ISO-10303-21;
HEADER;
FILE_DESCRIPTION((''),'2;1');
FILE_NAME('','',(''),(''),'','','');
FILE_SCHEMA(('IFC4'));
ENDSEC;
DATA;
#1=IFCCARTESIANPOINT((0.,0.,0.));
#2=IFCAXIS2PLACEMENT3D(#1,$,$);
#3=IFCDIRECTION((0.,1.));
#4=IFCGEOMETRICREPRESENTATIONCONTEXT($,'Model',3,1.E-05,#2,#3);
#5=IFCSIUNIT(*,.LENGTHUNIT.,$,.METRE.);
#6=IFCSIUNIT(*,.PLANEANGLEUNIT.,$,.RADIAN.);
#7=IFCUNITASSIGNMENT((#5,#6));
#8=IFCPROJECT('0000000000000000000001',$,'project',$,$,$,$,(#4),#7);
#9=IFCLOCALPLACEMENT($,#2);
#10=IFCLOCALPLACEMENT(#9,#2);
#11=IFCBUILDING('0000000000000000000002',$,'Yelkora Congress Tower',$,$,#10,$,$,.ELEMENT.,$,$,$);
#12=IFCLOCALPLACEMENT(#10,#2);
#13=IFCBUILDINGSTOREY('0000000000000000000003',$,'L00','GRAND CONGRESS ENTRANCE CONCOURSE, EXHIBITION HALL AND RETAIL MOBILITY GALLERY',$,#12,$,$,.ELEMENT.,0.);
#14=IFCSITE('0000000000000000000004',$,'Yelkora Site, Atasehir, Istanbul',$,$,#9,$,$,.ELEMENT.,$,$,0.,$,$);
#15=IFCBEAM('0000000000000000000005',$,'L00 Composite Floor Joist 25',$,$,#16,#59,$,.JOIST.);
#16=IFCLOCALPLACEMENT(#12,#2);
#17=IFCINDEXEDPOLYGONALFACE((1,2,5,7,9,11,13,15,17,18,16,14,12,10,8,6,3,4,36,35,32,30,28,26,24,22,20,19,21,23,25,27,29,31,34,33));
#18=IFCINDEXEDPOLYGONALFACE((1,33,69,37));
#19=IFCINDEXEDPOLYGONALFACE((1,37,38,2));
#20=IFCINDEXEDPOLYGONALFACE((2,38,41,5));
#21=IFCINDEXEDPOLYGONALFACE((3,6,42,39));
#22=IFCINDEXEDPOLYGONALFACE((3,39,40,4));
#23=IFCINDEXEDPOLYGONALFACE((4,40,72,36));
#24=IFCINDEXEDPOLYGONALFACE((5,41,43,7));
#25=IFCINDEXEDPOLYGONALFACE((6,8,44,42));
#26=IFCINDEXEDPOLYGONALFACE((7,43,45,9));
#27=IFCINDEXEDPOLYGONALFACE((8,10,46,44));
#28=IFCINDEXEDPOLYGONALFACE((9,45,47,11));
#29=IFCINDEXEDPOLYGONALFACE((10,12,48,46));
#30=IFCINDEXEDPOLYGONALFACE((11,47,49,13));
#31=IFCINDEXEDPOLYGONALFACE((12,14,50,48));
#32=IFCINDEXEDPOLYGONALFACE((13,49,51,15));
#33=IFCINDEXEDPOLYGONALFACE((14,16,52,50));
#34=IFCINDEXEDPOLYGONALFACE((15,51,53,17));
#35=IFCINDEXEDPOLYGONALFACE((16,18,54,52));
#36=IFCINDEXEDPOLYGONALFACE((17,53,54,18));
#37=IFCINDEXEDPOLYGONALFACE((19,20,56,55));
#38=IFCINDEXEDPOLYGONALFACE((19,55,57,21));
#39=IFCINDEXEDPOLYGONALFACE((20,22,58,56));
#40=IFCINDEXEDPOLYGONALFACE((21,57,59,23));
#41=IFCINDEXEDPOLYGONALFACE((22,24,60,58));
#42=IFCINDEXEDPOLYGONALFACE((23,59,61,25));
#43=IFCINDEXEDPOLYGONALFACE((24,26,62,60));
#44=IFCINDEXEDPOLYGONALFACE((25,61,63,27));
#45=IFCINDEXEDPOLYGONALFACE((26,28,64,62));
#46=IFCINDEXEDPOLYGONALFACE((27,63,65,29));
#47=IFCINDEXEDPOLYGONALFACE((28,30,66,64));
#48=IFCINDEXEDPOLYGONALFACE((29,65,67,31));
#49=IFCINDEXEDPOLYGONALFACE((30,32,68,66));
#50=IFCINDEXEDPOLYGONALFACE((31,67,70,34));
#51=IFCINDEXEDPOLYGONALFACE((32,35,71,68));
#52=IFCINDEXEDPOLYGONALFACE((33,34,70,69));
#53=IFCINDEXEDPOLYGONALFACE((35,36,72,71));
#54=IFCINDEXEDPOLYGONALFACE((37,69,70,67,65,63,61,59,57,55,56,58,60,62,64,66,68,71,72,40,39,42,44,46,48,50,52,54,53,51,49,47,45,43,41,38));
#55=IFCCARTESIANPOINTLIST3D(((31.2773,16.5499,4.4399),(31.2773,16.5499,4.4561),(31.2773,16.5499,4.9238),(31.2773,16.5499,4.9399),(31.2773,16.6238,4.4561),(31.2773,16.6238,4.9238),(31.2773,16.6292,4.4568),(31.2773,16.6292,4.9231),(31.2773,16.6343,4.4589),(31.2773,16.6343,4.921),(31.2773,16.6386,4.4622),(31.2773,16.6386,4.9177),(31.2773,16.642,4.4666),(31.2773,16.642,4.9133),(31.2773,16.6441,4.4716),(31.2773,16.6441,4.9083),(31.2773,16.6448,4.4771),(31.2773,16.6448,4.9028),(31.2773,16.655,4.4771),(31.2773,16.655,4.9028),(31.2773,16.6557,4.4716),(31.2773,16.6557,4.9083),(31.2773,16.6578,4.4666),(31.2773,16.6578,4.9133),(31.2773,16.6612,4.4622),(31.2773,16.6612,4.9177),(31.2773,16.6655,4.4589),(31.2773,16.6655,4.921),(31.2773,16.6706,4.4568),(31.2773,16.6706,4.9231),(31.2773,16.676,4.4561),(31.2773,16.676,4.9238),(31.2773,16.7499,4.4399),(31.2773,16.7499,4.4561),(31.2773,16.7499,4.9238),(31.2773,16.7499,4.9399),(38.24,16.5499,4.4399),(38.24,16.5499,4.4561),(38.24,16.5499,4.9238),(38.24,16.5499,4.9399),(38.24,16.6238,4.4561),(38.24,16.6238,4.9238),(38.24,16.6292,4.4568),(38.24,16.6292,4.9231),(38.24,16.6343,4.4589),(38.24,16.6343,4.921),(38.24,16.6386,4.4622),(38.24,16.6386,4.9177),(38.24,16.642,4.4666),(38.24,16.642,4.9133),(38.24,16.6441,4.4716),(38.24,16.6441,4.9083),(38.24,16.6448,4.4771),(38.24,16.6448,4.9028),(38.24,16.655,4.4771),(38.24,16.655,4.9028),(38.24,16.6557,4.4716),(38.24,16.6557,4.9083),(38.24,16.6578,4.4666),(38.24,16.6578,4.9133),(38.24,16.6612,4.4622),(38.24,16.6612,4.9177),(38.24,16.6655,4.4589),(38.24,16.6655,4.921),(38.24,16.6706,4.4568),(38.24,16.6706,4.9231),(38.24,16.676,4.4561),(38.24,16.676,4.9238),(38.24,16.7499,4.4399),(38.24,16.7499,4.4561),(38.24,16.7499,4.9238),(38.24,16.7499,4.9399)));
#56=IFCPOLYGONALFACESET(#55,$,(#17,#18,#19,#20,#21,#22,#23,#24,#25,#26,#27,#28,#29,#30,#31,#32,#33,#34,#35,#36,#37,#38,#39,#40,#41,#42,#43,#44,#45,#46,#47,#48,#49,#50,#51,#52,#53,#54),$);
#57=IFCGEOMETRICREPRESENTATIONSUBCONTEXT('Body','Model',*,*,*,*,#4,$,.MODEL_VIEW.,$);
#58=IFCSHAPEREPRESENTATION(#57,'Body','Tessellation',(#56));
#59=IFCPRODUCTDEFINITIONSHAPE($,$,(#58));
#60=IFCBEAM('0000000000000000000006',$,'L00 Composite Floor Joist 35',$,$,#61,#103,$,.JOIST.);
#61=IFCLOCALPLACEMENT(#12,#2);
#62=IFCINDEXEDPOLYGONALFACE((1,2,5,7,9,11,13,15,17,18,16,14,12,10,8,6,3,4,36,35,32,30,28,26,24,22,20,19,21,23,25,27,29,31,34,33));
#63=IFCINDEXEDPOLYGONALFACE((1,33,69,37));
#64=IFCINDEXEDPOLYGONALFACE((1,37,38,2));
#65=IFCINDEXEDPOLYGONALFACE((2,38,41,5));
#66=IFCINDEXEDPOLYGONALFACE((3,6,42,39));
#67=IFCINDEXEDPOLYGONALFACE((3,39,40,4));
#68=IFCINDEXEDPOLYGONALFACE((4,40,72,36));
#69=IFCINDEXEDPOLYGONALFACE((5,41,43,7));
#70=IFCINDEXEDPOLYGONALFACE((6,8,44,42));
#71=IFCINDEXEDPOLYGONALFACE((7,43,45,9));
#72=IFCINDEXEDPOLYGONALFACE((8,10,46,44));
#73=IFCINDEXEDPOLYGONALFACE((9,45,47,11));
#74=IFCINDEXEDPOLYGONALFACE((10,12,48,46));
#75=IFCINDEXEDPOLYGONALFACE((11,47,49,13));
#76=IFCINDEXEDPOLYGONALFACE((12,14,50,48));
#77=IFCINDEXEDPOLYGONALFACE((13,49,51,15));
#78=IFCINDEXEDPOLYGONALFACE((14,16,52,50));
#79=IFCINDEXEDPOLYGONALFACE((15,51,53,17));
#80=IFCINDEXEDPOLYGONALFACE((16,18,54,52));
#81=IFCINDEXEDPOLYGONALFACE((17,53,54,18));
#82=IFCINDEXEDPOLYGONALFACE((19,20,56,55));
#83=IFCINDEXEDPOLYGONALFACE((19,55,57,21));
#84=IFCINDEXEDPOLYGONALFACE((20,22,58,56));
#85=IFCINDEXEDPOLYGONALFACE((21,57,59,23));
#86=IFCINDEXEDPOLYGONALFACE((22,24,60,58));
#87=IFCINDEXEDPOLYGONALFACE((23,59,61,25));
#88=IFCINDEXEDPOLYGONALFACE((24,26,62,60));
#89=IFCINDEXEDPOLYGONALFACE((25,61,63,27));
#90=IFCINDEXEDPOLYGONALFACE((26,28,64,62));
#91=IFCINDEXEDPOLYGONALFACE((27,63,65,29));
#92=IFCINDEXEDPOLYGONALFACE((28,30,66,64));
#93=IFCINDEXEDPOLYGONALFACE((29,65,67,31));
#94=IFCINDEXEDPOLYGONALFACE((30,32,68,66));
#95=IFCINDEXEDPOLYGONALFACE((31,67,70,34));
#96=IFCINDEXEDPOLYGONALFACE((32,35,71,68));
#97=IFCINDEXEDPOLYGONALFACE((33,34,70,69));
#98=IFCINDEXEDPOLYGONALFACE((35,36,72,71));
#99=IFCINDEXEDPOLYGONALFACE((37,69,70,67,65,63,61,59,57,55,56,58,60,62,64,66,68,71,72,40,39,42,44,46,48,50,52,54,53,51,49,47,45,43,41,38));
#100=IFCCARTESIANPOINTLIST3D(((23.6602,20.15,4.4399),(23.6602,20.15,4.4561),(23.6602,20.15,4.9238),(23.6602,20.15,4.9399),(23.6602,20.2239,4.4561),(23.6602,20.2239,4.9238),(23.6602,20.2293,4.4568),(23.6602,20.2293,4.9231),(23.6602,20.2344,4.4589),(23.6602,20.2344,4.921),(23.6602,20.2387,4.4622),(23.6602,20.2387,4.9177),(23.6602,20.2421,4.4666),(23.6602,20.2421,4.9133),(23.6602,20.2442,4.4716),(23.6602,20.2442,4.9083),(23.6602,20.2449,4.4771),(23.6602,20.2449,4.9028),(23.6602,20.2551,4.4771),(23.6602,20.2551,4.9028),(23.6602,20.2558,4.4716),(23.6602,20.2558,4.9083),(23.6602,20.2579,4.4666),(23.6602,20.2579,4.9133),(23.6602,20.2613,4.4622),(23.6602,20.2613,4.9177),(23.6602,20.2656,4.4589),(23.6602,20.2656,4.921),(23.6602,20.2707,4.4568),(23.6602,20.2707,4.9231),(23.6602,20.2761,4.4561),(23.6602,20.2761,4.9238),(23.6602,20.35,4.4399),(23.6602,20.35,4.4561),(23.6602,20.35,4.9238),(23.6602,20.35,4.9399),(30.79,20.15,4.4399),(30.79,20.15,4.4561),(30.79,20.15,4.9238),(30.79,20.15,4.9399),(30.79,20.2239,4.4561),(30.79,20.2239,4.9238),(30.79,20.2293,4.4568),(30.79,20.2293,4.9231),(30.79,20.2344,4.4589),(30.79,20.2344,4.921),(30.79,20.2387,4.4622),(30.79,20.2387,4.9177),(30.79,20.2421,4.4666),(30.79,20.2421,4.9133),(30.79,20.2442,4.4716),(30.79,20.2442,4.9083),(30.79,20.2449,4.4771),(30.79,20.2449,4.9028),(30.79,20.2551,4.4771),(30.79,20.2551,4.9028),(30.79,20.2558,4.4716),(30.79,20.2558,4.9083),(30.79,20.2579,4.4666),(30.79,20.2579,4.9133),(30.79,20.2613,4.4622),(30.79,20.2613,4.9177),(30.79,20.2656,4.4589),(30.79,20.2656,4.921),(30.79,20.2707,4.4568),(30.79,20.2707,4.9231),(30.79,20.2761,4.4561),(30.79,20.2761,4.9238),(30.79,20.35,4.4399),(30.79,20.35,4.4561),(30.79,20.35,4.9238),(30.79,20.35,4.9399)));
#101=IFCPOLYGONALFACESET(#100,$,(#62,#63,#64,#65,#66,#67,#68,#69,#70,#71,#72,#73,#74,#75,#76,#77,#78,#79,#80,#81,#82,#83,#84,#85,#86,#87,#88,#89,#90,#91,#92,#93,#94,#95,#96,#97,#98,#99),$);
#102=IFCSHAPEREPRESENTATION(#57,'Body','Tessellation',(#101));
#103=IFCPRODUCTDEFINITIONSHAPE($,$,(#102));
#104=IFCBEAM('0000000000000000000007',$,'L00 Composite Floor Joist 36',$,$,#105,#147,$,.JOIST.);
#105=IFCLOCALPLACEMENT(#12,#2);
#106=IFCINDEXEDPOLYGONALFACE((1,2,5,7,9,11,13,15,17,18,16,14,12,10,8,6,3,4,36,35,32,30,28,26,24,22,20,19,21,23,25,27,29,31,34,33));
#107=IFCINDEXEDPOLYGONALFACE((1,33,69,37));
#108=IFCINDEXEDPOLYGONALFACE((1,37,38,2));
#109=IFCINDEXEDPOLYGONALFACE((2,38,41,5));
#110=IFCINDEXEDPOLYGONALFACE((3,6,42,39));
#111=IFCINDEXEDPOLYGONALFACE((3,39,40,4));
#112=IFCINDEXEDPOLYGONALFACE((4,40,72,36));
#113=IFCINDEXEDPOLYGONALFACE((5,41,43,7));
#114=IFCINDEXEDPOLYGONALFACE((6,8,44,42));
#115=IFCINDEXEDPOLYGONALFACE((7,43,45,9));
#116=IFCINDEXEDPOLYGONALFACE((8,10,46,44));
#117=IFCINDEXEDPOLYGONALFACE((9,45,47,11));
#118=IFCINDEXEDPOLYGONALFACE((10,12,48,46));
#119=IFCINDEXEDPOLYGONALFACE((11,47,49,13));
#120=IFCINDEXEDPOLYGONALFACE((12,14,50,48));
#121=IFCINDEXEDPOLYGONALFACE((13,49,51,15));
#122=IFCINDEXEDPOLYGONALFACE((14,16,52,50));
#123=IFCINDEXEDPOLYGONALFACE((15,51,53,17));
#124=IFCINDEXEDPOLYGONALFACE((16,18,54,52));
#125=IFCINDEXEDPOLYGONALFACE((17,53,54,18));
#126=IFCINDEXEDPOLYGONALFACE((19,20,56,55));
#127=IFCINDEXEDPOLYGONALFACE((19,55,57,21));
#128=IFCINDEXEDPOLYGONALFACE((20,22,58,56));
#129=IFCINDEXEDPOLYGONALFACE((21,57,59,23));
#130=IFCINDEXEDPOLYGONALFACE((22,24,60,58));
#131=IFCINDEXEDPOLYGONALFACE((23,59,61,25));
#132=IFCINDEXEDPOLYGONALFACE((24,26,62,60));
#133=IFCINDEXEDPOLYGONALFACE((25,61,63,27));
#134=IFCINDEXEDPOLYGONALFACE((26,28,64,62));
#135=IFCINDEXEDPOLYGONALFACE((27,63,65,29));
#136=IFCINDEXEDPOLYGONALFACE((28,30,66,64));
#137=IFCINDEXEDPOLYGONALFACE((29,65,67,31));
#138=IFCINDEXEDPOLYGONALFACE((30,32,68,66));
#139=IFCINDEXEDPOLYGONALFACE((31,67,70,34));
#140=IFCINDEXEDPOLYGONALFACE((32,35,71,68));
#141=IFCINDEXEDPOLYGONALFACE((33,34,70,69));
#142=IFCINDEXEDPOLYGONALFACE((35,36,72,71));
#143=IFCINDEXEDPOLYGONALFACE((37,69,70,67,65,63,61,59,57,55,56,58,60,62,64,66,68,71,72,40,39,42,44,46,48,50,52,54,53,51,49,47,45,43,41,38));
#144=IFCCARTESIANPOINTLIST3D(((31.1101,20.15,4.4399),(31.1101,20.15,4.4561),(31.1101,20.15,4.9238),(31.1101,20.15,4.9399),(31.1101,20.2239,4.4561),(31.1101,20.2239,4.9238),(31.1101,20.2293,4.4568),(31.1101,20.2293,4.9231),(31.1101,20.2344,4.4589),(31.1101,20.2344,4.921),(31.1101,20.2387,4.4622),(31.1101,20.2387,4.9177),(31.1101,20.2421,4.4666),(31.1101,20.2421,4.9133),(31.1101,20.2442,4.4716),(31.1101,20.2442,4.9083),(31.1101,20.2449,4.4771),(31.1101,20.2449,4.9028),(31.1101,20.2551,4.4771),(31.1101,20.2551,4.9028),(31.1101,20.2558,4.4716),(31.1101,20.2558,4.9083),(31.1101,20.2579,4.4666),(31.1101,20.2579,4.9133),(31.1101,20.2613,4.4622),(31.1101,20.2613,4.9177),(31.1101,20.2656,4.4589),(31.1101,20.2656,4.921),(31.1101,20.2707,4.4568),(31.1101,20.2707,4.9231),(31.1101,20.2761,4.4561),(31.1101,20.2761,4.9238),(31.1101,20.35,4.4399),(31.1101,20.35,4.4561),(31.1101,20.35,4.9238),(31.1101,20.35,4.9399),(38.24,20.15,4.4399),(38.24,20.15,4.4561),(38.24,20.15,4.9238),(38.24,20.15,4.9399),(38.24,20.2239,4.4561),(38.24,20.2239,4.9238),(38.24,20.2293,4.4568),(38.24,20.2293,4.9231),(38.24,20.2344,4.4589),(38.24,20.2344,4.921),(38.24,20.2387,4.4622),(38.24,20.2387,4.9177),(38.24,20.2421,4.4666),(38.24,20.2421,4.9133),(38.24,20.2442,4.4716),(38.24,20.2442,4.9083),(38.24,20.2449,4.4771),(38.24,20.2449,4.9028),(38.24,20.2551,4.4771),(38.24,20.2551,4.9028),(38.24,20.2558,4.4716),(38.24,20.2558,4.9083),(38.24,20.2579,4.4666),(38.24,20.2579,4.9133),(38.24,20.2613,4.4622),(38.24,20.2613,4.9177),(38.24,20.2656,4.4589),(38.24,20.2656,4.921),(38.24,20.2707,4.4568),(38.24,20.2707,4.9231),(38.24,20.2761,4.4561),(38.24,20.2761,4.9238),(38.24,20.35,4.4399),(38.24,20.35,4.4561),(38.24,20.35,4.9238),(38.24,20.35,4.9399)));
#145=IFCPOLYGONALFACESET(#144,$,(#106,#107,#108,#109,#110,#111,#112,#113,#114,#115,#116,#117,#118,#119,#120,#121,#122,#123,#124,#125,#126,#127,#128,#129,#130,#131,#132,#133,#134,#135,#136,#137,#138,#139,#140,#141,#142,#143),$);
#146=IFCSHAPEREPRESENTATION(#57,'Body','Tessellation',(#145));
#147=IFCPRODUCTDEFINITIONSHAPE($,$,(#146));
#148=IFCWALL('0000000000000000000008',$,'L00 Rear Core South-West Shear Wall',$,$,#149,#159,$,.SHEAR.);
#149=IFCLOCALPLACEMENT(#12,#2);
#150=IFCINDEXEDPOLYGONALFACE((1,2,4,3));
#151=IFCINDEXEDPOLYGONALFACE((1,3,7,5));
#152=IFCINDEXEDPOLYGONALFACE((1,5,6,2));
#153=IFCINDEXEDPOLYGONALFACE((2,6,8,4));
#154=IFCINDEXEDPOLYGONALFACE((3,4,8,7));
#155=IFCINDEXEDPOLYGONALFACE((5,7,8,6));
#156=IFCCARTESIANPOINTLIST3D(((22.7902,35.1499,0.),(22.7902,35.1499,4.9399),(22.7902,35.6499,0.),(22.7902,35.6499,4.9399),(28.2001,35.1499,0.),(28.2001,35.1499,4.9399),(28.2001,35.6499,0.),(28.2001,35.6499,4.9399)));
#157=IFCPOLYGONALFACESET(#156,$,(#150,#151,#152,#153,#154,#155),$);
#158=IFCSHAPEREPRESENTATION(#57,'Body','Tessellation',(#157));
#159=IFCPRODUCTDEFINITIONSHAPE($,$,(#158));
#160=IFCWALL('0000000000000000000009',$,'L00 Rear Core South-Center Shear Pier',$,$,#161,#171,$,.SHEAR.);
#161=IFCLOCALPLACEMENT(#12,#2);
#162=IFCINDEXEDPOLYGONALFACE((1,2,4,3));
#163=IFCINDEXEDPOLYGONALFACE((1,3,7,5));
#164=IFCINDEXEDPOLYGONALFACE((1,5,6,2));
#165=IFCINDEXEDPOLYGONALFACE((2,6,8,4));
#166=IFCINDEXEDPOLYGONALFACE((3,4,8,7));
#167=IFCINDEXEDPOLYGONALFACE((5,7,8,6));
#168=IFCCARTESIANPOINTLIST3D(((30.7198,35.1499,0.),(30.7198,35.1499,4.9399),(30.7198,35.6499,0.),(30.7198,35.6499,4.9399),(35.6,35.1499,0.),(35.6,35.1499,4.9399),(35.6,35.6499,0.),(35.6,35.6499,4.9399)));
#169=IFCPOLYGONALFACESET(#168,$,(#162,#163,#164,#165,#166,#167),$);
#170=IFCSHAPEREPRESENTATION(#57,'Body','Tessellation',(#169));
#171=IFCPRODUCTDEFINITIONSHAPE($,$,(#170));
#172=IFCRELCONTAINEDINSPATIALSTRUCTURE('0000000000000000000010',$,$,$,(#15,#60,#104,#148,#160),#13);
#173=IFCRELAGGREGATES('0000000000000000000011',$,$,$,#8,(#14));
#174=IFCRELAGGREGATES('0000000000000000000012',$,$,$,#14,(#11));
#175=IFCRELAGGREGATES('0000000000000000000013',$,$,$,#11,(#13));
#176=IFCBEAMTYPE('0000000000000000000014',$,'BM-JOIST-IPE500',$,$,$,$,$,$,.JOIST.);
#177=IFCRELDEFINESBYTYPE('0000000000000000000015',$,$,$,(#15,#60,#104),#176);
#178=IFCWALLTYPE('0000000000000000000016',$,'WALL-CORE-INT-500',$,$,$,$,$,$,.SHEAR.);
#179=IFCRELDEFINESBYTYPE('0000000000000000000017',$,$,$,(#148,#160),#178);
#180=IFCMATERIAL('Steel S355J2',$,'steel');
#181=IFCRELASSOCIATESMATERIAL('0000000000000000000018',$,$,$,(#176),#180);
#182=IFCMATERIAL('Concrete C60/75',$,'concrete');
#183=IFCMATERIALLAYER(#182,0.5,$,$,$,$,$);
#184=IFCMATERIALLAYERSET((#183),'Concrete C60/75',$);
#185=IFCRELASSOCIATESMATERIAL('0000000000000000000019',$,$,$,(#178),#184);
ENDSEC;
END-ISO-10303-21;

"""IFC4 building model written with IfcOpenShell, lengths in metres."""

from ifc_helpers import new_model, si_unit, direction, frame, frame_2d, origin, origin_2d, place, context, subcontext, project, spatial, rectangle, i_section, extrude, material, layer, layer_set, material_profile, profile_set, type_object, element, save


model = new_model("IFC4")

# Units and contexts
model_context = context("Model", 3, precision=1e-05, world=origin(), true_north=direction((0.0, 1.0)))
body_context = subcontext(model_context, "Body", "Model", "MODEL_VIEW")
ifc_project = project(units=[si_unit("LENGTHUNIT", "METRE"), si_unit("PLANEANGLEUNIT", "RADIAN")], contexts=[model_context])

# Site, building, storey
site_placement = place(None, origin())
site = spatial("IfcSite", under=ifc_project, at=site_placement, Name="Yelkora Site, Atasehir, Istanbul", CompositionType="ELEMENT", RefElevation=0.0)
building_placement = place(site_placement, origin())
building = spatial("IfcBuilding", under=site, at=building_placement, Name="Yelkora Congress Tower", CompositionType="ELEMENT")
storey_placement = place(building_placement, origin())
storey = spatial("IfcBuildingStorey", under=building, at=storey_placement, Name="L00", Description="GRAND CONGRESS ENTRANCE CONCOURSE, EXHIBITION HALL AND RETAIL MOBILITY GALLERY", CompositionType="ELEMENT", Elevation=0.0)

# Shared definitions
ifc_material_1 = material(Name="Concrete C60/75", Category="concrete")

# Beams
ifc_material_2 = material(Name="Steel S355J2", Category="steel")
ifc_material_profile_1 = material_profile(ifc_material_2, i_section(OverallWidth=0.2, OverallDepth=0.5, WebThickness=0.0103, FlangeThickness=0.0161, FilletRadius=0.021, at=origin_2d()), Name="IPE 500")
ifc_profile_set_1 = profile_set([ifc_material_profile_1], Name="Steel S355J2")
beam_type_1 = type_object("IfcBeamType", Name="BM-JOIST-IPE500", PredefinedType="JOIST", material=ifc_profile_set_1)
beam_1_placement = place(storey_placement, frame((31.2773, 16.6499, 4.6899), z_axis=(1.0, 0.0, 0.0), x_axis=(0.0, 1.0, 0.0)))
element("IfcBeam", 1, at=beam_1_placement, inside=storey, type_object=beam_type_1, Name="L00 Composite Floor Joist 25", PredefinedType="JOIST", context=body_context, shape_type="SweptSolid", body=[
    extrude(i_section(OverallWidth=0.2, OverallDepth=0.5, WebThickness=0.0103, FlangeThickness=0.0161, FilletRadius=0.021, at=origin_2d()), origin(), (0.0, 0.0, 1.0), 6.9626),
])
for number, where, z_axis, x_axis, name in (
    (2, (23.6602, 20.25, 4.6899), (1.0, 0.0, 0.0), (0.0, 1.0, 0.0), "L00 Composite Floor Joist 35"),
    (3, (31.1101, 20.25, 4.6899), (1.0, 0.0, 0.0), (0.0, 1.0, 0.0), "L00 Composite Floor Joist 36"),
):
    element("IfcBeam", number, at=place(storey_placement, frame(where, z_axis=z_axis, x_axis=x_axis)), inside=storey, type_object=beam_type_1, Name=name, PredefinedType="JOIST", context=body_context, shape_type="SweptSolid", body=[
        extrude(i_section(OverallWidth=0.2, OverallDepth=0.5, WebThickness=0.0103, FlangeThickness=0.0161, FilletRadius=0.021, at=origin_2d()), origin(), (0.0, 0.0, 1.0), 7.1299),
    ])

# Walls
ifc_layer_1 = layer(ifc_material_1, 0.5)
ifc_layer_set_1 = layer_set([ifc_layer_1], Name="Concrete C60/75")
wall_type_1 = type_object("IfcWallType", Name="WALL-CORE-INT-500", PredefinedType="SHEAR", material=ifc_layer_set_1)
wall_1_placement = place(storey_placement, frame((22.79, 35.3999, 0.0), z_axis=(0.0, 0.0, 1.0), x_axis=(1.0, 0.0, 0.0)))
element("IfcWall", 4, at=wall_1_placement, inside=storey, type_object=wall_type_1, Name="L00 Rear Core South-West Shear Wall", PredefinedType="SHEAR", context=body_context, shape_type="SweptSolid", body=[
    extrude(rectangle(XDim=5.4099, YDim=0.5, at=frame_2d((2.7051, 0.0))), origin(), (0.0, 0.0, 1.0), 4.9399),
])
wall_2_placement = place(storey_placement, frame((30.72, 35.3999, 0.0), z_axis=(0.0, 0.0, 1.0), x_axis=(1.0, 0.0, 0.0)))
element("IfcWall", 5, at=wall_2_placement, inside=storey, type_object=wall_type_1, Name="L00 Rear Core South-Center Shear Pier", PredefinedType="SHEAR", context=body_context, shape_type="SweptSolid", body=[
    extrude(rectangle(XDim=4.8801, YDim=0.5, at=frame_2d((2.4399, 0.0))), origin(), (0.0, 0.0, 1.0), 4.9399),
])

save(model, "model.ifc")
